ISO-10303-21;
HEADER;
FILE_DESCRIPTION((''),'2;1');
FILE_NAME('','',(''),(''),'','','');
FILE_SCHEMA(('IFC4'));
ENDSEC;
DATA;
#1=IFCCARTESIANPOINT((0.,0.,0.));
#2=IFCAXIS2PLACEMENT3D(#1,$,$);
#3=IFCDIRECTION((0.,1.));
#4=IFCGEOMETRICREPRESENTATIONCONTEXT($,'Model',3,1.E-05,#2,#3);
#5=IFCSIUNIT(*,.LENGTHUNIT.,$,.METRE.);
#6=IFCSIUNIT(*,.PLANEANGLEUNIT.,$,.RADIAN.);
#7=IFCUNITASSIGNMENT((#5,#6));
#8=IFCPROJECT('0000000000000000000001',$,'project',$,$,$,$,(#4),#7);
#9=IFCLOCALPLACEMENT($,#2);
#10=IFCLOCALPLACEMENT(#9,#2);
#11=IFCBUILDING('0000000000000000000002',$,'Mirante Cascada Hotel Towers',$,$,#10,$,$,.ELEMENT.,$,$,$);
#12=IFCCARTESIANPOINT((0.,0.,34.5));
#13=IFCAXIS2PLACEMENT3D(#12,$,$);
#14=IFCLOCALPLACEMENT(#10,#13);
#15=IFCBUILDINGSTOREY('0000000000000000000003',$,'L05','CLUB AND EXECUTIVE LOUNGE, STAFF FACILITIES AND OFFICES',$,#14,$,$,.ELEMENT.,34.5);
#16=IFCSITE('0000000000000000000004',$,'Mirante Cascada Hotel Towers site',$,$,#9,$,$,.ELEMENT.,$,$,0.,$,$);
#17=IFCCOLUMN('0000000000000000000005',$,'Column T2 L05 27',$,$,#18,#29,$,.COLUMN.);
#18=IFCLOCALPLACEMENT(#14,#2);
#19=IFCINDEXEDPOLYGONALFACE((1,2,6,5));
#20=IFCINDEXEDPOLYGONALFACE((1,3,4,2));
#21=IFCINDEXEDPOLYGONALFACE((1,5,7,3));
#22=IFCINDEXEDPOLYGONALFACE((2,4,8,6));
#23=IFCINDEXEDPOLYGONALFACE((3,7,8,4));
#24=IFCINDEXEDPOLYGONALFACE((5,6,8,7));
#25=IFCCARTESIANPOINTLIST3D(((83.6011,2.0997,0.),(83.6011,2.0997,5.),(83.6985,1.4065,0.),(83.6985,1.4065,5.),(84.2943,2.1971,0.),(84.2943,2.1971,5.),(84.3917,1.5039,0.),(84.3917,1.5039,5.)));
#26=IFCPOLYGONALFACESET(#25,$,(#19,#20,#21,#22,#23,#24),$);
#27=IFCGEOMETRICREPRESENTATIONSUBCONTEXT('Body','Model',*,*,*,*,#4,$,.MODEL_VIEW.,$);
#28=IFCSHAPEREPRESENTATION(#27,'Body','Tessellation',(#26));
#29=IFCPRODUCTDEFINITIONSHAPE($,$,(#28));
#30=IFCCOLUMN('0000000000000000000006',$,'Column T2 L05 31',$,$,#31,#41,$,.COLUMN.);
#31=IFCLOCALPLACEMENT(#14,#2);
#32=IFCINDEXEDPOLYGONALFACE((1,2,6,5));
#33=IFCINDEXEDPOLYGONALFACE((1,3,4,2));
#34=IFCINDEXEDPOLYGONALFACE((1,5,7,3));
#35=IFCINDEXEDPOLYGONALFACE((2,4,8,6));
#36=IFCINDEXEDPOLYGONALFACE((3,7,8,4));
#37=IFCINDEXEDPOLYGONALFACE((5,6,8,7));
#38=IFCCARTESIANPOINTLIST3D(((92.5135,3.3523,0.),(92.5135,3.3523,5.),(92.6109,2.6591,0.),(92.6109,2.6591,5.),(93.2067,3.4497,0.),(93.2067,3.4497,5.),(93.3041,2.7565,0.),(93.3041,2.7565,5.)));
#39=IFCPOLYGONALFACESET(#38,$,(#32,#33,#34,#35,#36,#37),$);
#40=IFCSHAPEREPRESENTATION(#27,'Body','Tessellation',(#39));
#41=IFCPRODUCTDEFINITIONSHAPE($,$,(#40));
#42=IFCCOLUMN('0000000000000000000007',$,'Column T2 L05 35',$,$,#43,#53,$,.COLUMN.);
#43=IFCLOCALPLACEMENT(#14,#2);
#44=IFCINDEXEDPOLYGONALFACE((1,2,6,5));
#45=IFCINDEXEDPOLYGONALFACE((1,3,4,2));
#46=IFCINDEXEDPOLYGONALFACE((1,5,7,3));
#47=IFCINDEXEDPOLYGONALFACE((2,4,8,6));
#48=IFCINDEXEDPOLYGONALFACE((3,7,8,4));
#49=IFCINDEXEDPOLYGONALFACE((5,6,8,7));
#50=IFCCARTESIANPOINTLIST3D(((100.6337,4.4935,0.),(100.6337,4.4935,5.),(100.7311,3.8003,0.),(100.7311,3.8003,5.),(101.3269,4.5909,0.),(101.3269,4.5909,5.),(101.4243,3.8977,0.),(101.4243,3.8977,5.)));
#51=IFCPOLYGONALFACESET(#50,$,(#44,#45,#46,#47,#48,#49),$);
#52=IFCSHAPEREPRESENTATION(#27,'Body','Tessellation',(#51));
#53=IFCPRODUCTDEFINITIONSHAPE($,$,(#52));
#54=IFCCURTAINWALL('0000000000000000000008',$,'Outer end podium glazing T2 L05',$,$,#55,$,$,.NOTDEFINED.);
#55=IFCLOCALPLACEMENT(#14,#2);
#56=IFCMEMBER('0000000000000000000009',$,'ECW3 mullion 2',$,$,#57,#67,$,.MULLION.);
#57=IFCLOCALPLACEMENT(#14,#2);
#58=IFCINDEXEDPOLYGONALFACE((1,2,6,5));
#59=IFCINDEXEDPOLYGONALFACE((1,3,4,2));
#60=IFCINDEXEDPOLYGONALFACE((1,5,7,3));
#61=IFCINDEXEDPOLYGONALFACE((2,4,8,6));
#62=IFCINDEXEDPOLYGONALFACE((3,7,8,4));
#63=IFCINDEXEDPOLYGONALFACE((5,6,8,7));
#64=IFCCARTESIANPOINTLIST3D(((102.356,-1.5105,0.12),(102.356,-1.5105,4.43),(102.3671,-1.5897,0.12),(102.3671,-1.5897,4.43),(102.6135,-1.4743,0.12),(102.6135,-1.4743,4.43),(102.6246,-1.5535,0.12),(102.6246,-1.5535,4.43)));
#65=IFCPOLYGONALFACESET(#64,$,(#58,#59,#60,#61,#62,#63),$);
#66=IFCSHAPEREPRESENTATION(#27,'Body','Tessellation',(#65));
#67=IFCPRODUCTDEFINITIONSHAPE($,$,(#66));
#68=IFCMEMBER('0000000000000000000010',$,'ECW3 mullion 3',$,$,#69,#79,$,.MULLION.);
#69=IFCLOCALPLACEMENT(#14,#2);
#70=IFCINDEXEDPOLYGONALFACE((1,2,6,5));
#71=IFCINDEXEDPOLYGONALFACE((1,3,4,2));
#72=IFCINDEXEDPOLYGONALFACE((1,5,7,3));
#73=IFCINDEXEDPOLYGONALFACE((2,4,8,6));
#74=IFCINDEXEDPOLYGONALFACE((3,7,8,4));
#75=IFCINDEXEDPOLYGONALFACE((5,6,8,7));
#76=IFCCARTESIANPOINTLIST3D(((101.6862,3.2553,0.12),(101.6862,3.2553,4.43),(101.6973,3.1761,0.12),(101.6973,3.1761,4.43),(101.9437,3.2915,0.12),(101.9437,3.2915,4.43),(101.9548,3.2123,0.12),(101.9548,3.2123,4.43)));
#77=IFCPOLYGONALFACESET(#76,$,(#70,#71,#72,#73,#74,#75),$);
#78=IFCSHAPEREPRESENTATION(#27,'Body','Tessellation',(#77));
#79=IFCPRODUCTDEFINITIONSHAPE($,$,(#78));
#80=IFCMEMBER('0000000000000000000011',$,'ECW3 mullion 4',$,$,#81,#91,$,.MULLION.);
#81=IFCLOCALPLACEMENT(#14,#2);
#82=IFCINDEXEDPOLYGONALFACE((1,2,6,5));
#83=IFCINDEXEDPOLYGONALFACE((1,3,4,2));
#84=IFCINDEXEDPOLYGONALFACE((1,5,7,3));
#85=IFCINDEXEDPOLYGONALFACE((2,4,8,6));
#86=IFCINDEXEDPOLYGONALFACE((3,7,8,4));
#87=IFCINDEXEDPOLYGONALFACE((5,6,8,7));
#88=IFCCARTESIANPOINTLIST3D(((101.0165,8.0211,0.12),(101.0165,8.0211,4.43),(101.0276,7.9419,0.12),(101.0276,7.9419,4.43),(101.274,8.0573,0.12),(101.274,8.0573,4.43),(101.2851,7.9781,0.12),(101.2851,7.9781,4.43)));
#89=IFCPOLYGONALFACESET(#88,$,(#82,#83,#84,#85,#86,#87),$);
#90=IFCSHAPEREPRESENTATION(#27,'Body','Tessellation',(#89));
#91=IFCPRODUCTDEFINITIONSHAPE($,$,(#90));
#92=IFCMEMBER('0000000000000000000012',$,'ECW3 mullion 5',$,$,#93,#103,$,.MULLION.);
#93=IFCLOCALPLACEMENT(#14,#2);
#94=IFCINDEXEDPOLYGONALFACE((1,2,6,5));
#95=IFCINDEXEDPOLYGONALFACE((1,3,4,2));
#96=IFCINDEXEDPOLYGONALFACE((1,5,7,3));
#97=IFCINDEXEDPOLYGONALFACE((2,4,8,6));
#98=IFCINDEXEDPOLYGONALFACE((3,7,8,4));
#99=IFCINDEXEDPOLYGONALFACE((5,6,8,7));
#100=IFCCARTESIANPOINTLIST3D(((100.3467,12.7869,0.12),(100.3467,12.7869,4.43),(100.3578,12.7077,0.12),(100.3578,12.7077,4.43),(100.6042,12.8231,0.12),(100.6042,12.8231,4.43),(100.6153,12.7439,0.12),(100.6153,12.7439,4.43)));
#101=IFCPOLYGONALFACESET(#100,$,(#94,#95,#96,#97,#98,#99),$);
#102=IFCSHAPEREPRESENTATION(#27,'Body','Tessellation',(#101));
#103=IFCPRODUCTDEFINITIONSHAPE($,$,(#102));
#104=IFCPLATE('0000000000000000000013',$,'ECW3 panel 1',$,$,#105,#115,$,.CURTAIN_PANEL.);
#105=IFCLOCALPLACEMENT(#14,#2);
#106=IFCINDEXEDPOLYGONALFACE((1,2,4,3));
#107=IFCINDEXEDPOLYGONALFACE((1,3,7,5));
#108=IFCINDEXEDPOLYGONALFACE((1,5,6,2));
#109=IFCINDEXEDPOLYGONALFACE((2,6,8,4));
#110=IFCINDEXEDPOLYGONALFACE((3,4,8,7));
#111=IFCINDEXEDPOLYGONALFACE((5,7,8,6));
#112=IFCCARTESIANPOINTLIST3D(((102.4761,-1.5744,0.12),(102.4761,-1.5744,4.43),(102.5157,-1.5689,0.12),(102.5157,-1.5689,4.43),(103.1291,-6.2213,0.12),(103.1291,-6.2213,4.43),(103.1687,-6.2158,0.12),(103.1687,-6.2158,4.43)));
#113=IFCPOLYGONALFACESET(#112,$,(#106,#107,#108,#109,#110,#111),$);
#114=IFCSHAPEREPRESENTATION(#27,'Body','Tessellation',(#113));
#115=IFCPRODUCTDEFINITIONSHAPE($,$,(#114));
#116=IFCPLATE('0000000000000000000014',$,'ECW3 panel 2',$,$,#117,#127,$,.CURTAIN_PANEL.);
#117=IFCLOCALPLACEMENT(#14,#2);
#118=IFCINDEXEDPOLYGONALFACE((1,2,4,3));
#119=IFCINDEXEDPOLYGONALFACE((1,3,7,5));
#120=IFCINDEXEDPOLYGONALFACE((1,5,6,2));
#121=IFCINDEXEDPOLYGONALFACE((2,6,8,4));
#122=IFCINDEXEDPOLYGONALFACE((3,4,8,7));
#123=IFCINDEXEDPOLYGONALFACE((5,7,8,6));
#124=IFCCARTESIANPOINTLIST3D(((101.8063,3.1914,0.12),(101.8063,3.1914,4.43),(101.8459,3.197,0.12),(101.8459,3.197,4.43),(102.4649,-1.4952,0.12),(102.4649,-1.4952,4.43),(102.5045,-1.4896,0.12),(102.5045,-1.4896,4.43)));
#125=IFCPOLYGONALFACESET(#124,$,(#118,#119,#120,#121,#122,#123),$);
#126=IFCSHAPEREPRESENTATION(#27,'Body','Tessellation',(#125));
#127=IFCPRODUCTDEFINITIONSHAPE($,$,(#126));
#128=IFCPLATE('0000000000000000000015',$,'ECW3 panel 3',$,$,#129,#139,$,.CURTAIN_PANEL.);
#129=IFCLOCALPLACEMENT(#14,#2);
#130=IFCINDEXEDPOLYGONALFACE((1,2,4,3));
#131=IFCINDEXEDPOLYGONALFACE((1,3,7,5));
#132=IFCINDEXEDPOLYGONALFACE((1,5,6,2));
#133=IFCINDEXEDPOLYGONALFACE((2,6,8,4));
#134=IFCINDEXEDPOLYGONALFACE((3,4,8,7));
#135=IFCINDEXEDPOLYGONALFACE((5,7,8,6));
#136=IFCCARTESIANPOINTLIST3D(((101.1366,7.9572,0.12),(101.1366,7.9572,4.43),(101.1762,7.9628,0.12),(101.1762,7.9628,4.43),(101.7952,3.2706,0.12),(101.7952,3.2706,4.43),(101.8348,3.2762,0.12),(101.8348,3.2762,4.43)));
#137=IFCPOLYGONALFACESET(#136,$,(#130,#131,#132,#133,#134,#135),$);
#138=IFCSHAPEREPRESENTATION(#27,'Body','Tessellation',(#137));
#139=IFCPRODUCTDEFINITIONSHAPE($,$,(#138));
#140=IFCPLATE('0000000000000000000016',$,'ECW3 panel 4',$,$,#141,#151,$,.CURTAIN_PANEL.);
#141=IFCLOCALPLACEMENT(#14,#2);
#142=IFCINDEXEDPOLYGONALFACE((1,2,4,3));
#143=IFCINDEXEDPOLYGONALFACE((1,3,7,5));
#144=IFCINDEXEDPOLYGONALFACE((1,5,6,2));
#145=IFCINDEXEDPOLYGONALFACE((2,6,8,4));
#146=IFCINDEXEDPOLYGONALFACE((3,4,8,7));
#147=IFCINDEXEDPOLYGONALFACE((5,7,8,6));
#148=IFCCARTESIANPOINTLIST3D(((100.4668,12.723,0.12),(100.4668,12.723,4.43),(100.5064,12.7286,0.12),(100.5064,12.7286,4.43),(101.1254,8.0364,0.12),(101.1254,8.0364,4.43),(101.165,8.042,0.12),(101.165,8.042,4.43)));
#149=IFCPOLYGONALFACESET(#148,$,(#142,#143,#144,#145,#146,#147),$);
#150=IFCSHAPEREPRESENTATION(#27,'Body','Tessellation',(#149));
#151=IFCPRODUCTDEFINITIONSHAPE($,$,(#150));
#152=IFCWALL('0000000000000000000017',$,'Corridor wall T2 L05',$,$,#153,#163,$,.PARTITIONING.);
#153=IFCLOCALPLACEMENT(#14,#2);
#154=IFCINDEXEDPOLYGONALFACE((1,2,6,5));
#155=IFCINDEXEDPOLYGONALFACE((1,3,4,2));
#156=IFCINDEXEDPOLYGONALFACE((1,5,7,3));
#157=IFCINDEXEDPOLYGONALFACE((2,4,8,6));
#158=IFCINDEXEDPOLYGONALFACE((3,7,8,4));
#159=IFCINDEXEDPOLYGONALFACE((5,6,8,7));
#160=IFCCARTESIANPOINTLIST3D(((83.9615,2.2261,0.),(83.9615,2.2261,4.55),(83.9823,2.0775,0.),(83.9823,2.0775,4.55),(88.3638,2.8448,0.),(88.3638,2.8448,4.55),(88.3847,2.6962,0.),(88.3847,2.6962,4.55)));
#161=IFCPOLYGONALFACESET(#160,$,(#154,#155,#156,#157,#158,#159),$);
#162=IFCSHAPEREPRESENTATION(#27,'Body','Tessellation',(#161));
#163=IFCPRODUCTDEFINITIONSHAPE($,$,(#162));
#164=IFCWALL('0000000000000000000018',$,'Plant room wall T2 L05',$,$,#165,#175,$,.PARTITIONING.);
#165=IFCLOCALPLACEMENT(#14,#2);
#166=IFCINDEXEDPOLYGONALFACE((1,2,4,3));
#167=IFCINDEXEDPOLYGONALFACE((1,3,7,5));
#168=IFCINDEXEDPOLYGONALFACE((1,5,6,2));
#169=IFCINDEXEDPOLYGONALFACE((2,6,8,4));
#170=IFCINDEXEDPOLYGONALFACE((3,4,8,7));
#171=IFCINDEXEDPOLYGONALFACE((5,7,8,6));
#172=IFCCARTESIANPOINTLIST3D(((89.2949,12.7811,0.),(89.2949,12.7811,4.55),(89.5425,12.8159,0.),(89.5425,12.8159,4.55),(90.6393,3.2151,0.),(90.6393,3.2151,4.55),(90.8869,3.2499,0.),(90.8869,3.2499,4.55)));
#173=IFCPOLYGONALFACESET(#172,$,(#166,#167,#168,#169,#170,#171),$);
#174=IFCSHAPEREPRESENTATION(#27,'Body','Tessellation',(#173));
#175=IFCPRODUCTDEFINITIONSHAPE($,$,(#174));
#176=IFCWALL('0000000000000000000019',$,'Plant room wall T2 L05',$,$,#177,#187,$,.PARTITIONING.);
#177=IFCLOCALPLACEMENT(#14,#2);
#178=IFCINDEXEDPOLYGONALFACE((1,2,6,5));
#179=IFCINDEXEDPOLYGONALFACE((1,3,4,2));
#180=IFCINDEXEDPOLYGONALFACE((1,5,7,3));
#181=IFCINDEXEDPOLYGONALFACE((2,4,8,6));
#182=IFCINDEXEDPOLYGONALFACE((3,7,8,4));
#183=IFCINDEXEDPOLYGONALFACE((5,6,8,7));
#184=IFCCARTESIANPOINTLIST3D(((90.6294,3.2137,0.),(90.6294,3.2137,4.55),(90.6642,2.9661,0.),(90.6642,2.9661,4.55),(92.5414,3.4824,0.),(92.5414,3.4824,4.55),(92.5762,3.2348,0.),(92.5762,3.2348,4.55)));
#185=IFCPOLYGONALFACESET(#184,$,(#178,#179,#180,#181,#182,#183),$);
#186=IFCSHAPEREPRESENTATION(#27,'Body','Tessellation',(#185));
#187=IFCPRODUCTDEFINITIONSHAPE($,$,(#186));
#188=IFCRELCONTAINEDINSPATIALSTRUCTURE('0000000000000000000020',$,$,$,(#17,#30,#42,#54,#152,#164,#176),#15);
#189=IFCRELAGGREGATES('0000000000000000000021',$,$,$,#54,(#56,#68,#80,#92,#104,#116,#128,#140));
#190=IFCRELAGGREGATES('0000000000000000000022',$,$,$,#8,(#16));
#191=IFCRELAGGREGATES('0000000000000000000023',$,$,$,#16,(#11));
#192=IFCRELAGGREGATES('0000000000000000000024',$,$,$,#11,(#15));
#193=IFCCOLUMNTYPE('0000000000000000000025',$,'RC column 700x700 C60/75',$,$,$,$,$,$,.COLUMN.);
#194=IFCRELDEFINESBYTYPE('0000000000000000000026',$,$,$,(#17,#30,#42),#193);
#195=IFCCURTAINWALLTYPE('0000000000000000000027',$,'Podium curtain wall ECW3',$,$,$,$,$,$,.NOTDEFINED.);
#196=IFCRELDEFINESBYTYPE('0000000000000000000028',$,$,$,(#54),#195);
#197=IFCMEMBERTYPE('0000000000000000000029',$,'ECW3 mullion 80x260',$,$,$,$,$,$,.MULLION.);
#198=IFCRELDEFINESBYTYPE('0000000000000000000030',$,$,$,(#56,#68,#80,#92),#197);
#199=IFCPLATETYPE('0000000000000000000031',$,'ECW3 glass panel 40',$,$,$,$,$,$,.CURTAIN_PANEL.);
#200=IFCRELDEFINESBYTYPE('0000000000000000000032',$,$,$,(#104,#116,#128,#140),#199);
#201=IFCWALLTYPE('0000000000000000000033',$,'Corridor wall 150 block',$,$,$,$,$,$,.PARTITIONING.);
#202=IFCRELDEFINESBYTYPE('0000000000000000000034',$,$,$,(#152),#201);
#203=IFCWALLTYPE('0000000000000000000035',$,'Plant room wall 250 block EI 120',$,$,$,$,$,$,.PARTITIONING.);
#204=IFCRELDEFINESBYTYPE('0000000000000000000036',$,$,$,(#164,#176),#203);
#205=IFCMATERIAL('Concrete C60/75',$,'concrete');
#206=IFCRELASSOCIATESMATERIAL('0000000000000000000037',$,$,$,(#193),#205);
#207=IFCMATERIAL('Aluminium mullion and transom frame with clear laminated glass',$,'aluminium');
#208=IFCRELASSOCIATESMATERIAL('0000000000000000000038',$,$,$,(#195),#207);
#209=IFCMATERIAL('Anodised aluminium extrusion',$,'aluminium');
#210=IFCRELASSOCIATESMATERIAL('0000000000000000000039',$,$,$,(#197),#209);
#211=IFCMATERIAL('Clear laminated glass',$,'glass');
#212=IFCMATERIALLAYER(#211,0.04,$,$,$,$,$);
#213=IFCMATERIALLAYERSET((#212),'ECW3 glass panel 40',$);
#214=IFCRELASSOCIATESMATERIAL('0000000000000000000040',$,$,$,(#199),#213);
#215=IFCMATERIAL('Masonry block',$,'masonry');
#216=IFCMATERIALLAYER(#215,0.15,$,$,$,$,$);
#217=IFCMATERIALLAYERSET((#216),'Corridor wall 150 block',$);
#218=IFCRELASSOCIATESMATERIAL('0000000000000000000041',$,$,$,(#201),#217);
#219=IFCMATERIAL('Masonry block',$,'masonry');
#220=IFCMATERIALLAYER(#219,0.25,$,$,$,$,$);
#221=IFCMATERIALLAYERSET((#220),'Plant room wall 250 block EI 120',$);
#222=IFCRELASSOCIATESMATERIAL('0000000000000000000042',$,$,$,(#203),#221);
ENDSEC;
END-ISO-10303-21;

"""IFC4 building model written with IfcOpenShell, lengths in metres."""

from ifc_helpers import new_model, si_unit, direction, frame, frame_2d, origin, origin_2d, place, context, subcontext, project, spatial, rectangle, extrude, material, layer, layer_set, material_profile, profile_set, type_object, element, aggregate, save


model = new_model("IFC4")

# Units and contexts
model_context = context("Model", 3, precision=1e-05, world=origin(), true_north=direction((0.0, 1.0)))
body_context = subcontext(model_context, "Body", "Model", "MODEL_VIEW")
ifc_project = project(units=[si_unit("LENGTHUNIT", "METRE"), si_unit("PLANEANGLEUNIT", "RADIAN")], contexts=[model_context])

# Site, building, storey
site_placement = place(None, origin())
site = spatial("IfcSite", under=ifc_project, at=site_placement, Name="Mirante Cascada Hotel Towers site", CompositionType="ELEMENT", RefElevation=0.0)
building_placement = place(site_placement, origin())
building = spatial("IfcBuilding", under=site, at=building_placement, Name="Mirante Cascada Hotel Towers", CompositionType="ELEMENT")
storey_placement = place(building_placement, frame((0.0, 0.0, 34.5)))
storey = spatial("IfcBuildingStorey", under=building, at=storey_placement, Name="L05", Description="CLUB AND EXECUTIVE LOUNGE, STAFF FACILITIES AND OFFICES", CompositionType="ELEMENT", Elevation=34.5)

# Columns
ifc_material_1 = material(Name="Concrete C60/75", Category="concrete")
ifc_material_profile_1 = material_profile(ifc_material_1, rectangle(XDim=0.7, YDim=0.7, at=origin_2d()), Name="RC column 700x700 C60/75")
ifc_profile_set_1 = profile_set([ifc_material_profile_1], Name="Concrete C60/75")
column_type = type_object("IfcColumnType", Name="RC column 700x700 C60/75", PredefinedType="COLUMN", material=ifc_profile_set_1)
for number, where, z_axis, x_axis, name in (
    (1, (83.9964, 1.8018, 0.0), (0.0, 0.0, 1.0), (0.990268, 0.139173, 0.0), "Column T2 L05 27"),
    (2, (92.9088, 3.0544, 0.0), (0.0, 0.0, 1.0), (0.990268, 0.139173, 0.0), "Column T2 L05 31"),
    (3, (101.029, 4.1956, 0.0), (0.0, 0.0, 1.0), (0.990268, 0.139173, 0.0), "Column T2 L05 35"),
):
    element("IfcColumn", number, at=place(storey_placement, frame(where, z_axis=z_axis, x_axis=x_axis)), inside=storey, type_object=column_type, Name=name, PredefinedType="COLUMN", context=body_context, shape_type="SweptSolid", body=[
        extrude(rectangle(XDim=0.7, YDim=0.7, at=origin_2d()), origin(), (0.0, 0.0, 1.0), 5.0),
    ])

# Curtain wall, members, plates
ifc_material_2 = material(Name="Aluminium mullion and transom frame with clear laminated glass", Category="aluminium")
curtain_wall_type = type_object("IfcCurtainWallType", Name="Podium curtain wall ECW3", PredefinedType="NOTDEFINED", material=ifc_material_2)
curtain_wall_placement = place(storey_placement, origin())
curtain_wall = element("IfcCurtainWall", 4, at=curtain_wall_placement, inside=storey, type_object=curtain_wall_type, Name="Outer end podium glazing T2 L05", PredefinedType="NOTDEFINED")
ifc_material_3 = material(Name="Anodised aluminium extrusion", Category="aluminium")
ifc_material_profile_2 = material_profile(ifc_material_3, rectangle(XDim=0.26, YDim=0.08, at=origin_2d()), Name="ECW3 MULLION 80x260")
ifc_profile_set_2 = profile_set([ifc_material_profile_2], Name="Anodised aluminium extrusion")
member_type = type_object("IfcMemberType", Name="ECW3 mullion 80x260", PredefinedType="MULLION", material=ifc_profile_set_2)
member_1_placement = place(storey_placement, frame((102.4903, -1.532, 0.12), z_axis=(0.0, 0.0, 1.0), x_axis=(-0.990268, -0.139173, 0.0)))
member_1 = element("IfcMember", 5, at=member_1_placement, type_object=member_type, Name="ECW3 mullion 2", PredefinedType="MULLION", context=body_context, shape_type="SweptSolid", body=[
    extrude(rectangle(XDim=0.26, YDim=0.08, at=origin_2d()), origin(), (0.0, 0.0, 1.0), 4.31),
])
member_2_placement = place(storey_placement, frame((101.8205, 3.2338, 0.12), z_axis=(0.0, 0.0, 1.0), x_axis=(-0.990268, -0.139173, 0.0)))
member_2 = element("IfcMember", 6, at=member_2_placement, type_object=member_type, Name="ECW3 mullion 3", PredefinedType="MULLION", context=body_context, shape_type="SweptSolid", body=[
    extrude(rectangle(XDim=0.26, YDim=0.08, at=origin_2d()), origin(), (0.0, 0.0, 1.0), 4.31),
])
member_3_placement = place(storey_placement, frame((101.1508, 7.9996, 0.12), z_axis=(0.0, 0.0, 1.0), x_axis=(-0.990268, -0.139173, 0.0)))
member_3 = element("IfcMember", 7, at=member_3_placement, type_object=member_type, Name="ECW3 mullion 4", PredefinedType="MULLION", context=body_context, shape_type="SweptSolid", body=[
    extrude(rectangle(XDim=0.26, YDim=0.08, at=origin_2d()), origin(), (0.0, 0.0, 1.0), 4.31),
])
member_4_placement = place(storey_placement, frame((100.481, 12.7654, 0.12), z_axis=(0.0, 0.0, 1.0), x_axis=(-0.990268, -0.139173, 0.0)))
member_4 = element("IfcMember", 8, at=member_4_placement, type_object=member_type, Name="ECW3 mullion 5", PredefinedType="MULLION", context=body_context, shape_type="SweptSolid", body=[
    extrude(rectangle(XDim=0.26, YDim=0.08, at=origin_2d()), origin(), (0.0, 0.0, 1.0), 4.31),
])
ifc_material_4 = material(Name="Clear laminated glass", Category="glass")
ifc_layer_1 = layer(ifc_material_4, 0.04)
ifc_layer_set_1 = layer_set([ifc_layer_1], Name="ECW3 glass panel 40")
plate_type = type_object("IfcPlateType", Name="ECW3 glass panel 40", PredefinedType="CURTAIN_PANEL", material=ifc_layer_set_1)
plate_1_placement = place(storey_placement, frame((102.8224, -3.8951, 0.12), z_axis=(0.0, 0.0, 1.0), x_axis=(-0.139173, 0.990268, 0.0)))
plate_1 = element("IfcPlate", 9, at=plate_1_placement, type_object=plate_type, Name="ECW3 panel 1", PredefinedType="CURTAIN_PANEL", context=body_context, shape_type="SweptSolid", body=[
    extrude(rectangle(XDim=4.6926, YDim=0.04, at=origin_2d()), origin(), (0.0, 0.0, 1.0), 4.31),
])
plate_2_placement = place(storey_placement, frame((102.1554, 0.8509, 0.12), z_axis=(0.0, 0.0, 1.0), x_axis=(-0.139173, 0.990268, 0.0)))
plate_2 = element("IfcPlate", 10, at=plate_2_placement, type_object=plate_type, Name="ECW3 panel 2", PredefinedType="CURTAIN_PANEL", context=body_context, shape_type="SweptSolid", body=[
    extrude(rectangle(XDim=4.7326, YDim=0.04, at=origin_2d()), origin(), (0.0, 0.0, 1.0), 4.31),
])
plate_3_placement = place(storey_placement, frame((101.4857, 5.6167, 0.12), z_axis=(0.0, 0.0, 1.0), x_axis=(-0.139173, 0.990268, 0.0)))
plate_3 = element("IfcPlate", 11, at=plate_3_placement, type_object=plate_type, Name="ECW3 panel 3", PredefinedType="CURTAIN_PANEL", context=body_context, shape_type="SweptSolid", body=[
    extrude(rectangle(XDim=4.7326, YDim=0.04, at=origin_2d()), origin(), (0.0, 0.0, 1.0), 4.31),
])
plate_4_placement = place(storey_placement, frame((100.8159, 10.3825, 0.12), z_axis=(0.0, 0.0, 1.0), x_axis=(-0.139173, 0.990268, 0.0)))
plate_4 = element("IfcPlate", 12, at=plate_4_placement, type_object=plate_type, Name="ECW3 panel 4", PredefinedType="CURTAIN_PANEL", context=body_context, shape_type="SweptSolid", body=[
    extrude(rectangle(XDim=4.7326, YDim=0.04, at=origin_2d()), origin(), (0.0, 0.0, 1.0), 4.31),
])
aggregate(curtain_wall, [member_1, member_2, member_3, member_4, plate_1, plate_2, plate_3, plate_4])

# Walls
ifc_material_5 = material(Name="Masonry block", Category="masonry")
ifc_layer_2 = layer(ifc_material_5, 0.15)
ifc_layer_set_2 = layer_set([ifc_layer_2], Name="Corridor wall 150 block")
wall_type_1 = type_object("IfcWallType", Name="Corridor wall 150 block", PredefinedType="PARTITIONING", material=ifc_layer_set_2)
wall_1_placement = place(storey_placement, frame((83.9719, 2.1518, 0.0), z_axis=(0.0, 0.0, 1.0), x_axis=(0.990268, 0.139173, 0.0)))
element("IfcWall", 13, at=wall_1_placement, inside=storey, type_object=wall_type_1, Name="Corridor wall T2 L05", PredefinedType="PARTITIONING", context=body_context, shape_type="SweptSolid", body=[
    extrude(rectangle(XDim=4.4456, YDim=0.15, at=frame_2d((2.2228, 0.0))), origin(), (0.0, 0.0, 1.0), 4.55),
])
ifc_material_6 = material(Name="Masonry block", Category="masonry")
ifc_layer_3 = layer(ifc_material_6, 0.25)
ifc_layer_set_3 = layer_set([ifc_layer_3], Name="Plant room wall 250 block EI 120")
wall_type_2 = type_object("IfcWallType", Name="Plant room wall 250 block EI 120", PredefinedType="PARTITIONING", material=ifc_layer_set_3)
wall_2_placement = place(storey_placement, frame((89.4187, 12.7985, 0.0), z_axis=(0.0, 0.0, 1.0), x_axis=(0.139172, -0.990268, 0.0)))
element("IfcWall", 14, at=wall_2_placement, inside=storey, type_object=wall_type_2, Name="Plant room wall T2 L05", PredefinedType="PARTITIONING", context=body_context, shape_type="SweptSolid", body=[
    extrude(rectangle(XDim=9.66, YDim=0.25, at=frame_2d((4.83, 0.0))), origin(), (0.0, 0.0, 1.0), 4.55),
])
wall_3_placement = place(storey_placement, frame((90.6468, 3.0899, 0.0), z_axis=(0.0, 0.0, 1.0), x_axis=(0.990269, 0.139166, 0.0)))
element("IfcWall", 15, at=wall_3_placement, inside=storey, type_object=wall_type_2, Name="Plant room wall T2 L05", PredefinedType="PARTITIONING", context=body_context, shape_type="SweptSolid", body=[
    extrude(rectangle(XDim=1.9308, YDim=0.25, at=frame_2d((0.9654, 0.0))), origin(), (0.0, 0.0, 1.0), 4.55),
])

save(model, "model.ifc")
